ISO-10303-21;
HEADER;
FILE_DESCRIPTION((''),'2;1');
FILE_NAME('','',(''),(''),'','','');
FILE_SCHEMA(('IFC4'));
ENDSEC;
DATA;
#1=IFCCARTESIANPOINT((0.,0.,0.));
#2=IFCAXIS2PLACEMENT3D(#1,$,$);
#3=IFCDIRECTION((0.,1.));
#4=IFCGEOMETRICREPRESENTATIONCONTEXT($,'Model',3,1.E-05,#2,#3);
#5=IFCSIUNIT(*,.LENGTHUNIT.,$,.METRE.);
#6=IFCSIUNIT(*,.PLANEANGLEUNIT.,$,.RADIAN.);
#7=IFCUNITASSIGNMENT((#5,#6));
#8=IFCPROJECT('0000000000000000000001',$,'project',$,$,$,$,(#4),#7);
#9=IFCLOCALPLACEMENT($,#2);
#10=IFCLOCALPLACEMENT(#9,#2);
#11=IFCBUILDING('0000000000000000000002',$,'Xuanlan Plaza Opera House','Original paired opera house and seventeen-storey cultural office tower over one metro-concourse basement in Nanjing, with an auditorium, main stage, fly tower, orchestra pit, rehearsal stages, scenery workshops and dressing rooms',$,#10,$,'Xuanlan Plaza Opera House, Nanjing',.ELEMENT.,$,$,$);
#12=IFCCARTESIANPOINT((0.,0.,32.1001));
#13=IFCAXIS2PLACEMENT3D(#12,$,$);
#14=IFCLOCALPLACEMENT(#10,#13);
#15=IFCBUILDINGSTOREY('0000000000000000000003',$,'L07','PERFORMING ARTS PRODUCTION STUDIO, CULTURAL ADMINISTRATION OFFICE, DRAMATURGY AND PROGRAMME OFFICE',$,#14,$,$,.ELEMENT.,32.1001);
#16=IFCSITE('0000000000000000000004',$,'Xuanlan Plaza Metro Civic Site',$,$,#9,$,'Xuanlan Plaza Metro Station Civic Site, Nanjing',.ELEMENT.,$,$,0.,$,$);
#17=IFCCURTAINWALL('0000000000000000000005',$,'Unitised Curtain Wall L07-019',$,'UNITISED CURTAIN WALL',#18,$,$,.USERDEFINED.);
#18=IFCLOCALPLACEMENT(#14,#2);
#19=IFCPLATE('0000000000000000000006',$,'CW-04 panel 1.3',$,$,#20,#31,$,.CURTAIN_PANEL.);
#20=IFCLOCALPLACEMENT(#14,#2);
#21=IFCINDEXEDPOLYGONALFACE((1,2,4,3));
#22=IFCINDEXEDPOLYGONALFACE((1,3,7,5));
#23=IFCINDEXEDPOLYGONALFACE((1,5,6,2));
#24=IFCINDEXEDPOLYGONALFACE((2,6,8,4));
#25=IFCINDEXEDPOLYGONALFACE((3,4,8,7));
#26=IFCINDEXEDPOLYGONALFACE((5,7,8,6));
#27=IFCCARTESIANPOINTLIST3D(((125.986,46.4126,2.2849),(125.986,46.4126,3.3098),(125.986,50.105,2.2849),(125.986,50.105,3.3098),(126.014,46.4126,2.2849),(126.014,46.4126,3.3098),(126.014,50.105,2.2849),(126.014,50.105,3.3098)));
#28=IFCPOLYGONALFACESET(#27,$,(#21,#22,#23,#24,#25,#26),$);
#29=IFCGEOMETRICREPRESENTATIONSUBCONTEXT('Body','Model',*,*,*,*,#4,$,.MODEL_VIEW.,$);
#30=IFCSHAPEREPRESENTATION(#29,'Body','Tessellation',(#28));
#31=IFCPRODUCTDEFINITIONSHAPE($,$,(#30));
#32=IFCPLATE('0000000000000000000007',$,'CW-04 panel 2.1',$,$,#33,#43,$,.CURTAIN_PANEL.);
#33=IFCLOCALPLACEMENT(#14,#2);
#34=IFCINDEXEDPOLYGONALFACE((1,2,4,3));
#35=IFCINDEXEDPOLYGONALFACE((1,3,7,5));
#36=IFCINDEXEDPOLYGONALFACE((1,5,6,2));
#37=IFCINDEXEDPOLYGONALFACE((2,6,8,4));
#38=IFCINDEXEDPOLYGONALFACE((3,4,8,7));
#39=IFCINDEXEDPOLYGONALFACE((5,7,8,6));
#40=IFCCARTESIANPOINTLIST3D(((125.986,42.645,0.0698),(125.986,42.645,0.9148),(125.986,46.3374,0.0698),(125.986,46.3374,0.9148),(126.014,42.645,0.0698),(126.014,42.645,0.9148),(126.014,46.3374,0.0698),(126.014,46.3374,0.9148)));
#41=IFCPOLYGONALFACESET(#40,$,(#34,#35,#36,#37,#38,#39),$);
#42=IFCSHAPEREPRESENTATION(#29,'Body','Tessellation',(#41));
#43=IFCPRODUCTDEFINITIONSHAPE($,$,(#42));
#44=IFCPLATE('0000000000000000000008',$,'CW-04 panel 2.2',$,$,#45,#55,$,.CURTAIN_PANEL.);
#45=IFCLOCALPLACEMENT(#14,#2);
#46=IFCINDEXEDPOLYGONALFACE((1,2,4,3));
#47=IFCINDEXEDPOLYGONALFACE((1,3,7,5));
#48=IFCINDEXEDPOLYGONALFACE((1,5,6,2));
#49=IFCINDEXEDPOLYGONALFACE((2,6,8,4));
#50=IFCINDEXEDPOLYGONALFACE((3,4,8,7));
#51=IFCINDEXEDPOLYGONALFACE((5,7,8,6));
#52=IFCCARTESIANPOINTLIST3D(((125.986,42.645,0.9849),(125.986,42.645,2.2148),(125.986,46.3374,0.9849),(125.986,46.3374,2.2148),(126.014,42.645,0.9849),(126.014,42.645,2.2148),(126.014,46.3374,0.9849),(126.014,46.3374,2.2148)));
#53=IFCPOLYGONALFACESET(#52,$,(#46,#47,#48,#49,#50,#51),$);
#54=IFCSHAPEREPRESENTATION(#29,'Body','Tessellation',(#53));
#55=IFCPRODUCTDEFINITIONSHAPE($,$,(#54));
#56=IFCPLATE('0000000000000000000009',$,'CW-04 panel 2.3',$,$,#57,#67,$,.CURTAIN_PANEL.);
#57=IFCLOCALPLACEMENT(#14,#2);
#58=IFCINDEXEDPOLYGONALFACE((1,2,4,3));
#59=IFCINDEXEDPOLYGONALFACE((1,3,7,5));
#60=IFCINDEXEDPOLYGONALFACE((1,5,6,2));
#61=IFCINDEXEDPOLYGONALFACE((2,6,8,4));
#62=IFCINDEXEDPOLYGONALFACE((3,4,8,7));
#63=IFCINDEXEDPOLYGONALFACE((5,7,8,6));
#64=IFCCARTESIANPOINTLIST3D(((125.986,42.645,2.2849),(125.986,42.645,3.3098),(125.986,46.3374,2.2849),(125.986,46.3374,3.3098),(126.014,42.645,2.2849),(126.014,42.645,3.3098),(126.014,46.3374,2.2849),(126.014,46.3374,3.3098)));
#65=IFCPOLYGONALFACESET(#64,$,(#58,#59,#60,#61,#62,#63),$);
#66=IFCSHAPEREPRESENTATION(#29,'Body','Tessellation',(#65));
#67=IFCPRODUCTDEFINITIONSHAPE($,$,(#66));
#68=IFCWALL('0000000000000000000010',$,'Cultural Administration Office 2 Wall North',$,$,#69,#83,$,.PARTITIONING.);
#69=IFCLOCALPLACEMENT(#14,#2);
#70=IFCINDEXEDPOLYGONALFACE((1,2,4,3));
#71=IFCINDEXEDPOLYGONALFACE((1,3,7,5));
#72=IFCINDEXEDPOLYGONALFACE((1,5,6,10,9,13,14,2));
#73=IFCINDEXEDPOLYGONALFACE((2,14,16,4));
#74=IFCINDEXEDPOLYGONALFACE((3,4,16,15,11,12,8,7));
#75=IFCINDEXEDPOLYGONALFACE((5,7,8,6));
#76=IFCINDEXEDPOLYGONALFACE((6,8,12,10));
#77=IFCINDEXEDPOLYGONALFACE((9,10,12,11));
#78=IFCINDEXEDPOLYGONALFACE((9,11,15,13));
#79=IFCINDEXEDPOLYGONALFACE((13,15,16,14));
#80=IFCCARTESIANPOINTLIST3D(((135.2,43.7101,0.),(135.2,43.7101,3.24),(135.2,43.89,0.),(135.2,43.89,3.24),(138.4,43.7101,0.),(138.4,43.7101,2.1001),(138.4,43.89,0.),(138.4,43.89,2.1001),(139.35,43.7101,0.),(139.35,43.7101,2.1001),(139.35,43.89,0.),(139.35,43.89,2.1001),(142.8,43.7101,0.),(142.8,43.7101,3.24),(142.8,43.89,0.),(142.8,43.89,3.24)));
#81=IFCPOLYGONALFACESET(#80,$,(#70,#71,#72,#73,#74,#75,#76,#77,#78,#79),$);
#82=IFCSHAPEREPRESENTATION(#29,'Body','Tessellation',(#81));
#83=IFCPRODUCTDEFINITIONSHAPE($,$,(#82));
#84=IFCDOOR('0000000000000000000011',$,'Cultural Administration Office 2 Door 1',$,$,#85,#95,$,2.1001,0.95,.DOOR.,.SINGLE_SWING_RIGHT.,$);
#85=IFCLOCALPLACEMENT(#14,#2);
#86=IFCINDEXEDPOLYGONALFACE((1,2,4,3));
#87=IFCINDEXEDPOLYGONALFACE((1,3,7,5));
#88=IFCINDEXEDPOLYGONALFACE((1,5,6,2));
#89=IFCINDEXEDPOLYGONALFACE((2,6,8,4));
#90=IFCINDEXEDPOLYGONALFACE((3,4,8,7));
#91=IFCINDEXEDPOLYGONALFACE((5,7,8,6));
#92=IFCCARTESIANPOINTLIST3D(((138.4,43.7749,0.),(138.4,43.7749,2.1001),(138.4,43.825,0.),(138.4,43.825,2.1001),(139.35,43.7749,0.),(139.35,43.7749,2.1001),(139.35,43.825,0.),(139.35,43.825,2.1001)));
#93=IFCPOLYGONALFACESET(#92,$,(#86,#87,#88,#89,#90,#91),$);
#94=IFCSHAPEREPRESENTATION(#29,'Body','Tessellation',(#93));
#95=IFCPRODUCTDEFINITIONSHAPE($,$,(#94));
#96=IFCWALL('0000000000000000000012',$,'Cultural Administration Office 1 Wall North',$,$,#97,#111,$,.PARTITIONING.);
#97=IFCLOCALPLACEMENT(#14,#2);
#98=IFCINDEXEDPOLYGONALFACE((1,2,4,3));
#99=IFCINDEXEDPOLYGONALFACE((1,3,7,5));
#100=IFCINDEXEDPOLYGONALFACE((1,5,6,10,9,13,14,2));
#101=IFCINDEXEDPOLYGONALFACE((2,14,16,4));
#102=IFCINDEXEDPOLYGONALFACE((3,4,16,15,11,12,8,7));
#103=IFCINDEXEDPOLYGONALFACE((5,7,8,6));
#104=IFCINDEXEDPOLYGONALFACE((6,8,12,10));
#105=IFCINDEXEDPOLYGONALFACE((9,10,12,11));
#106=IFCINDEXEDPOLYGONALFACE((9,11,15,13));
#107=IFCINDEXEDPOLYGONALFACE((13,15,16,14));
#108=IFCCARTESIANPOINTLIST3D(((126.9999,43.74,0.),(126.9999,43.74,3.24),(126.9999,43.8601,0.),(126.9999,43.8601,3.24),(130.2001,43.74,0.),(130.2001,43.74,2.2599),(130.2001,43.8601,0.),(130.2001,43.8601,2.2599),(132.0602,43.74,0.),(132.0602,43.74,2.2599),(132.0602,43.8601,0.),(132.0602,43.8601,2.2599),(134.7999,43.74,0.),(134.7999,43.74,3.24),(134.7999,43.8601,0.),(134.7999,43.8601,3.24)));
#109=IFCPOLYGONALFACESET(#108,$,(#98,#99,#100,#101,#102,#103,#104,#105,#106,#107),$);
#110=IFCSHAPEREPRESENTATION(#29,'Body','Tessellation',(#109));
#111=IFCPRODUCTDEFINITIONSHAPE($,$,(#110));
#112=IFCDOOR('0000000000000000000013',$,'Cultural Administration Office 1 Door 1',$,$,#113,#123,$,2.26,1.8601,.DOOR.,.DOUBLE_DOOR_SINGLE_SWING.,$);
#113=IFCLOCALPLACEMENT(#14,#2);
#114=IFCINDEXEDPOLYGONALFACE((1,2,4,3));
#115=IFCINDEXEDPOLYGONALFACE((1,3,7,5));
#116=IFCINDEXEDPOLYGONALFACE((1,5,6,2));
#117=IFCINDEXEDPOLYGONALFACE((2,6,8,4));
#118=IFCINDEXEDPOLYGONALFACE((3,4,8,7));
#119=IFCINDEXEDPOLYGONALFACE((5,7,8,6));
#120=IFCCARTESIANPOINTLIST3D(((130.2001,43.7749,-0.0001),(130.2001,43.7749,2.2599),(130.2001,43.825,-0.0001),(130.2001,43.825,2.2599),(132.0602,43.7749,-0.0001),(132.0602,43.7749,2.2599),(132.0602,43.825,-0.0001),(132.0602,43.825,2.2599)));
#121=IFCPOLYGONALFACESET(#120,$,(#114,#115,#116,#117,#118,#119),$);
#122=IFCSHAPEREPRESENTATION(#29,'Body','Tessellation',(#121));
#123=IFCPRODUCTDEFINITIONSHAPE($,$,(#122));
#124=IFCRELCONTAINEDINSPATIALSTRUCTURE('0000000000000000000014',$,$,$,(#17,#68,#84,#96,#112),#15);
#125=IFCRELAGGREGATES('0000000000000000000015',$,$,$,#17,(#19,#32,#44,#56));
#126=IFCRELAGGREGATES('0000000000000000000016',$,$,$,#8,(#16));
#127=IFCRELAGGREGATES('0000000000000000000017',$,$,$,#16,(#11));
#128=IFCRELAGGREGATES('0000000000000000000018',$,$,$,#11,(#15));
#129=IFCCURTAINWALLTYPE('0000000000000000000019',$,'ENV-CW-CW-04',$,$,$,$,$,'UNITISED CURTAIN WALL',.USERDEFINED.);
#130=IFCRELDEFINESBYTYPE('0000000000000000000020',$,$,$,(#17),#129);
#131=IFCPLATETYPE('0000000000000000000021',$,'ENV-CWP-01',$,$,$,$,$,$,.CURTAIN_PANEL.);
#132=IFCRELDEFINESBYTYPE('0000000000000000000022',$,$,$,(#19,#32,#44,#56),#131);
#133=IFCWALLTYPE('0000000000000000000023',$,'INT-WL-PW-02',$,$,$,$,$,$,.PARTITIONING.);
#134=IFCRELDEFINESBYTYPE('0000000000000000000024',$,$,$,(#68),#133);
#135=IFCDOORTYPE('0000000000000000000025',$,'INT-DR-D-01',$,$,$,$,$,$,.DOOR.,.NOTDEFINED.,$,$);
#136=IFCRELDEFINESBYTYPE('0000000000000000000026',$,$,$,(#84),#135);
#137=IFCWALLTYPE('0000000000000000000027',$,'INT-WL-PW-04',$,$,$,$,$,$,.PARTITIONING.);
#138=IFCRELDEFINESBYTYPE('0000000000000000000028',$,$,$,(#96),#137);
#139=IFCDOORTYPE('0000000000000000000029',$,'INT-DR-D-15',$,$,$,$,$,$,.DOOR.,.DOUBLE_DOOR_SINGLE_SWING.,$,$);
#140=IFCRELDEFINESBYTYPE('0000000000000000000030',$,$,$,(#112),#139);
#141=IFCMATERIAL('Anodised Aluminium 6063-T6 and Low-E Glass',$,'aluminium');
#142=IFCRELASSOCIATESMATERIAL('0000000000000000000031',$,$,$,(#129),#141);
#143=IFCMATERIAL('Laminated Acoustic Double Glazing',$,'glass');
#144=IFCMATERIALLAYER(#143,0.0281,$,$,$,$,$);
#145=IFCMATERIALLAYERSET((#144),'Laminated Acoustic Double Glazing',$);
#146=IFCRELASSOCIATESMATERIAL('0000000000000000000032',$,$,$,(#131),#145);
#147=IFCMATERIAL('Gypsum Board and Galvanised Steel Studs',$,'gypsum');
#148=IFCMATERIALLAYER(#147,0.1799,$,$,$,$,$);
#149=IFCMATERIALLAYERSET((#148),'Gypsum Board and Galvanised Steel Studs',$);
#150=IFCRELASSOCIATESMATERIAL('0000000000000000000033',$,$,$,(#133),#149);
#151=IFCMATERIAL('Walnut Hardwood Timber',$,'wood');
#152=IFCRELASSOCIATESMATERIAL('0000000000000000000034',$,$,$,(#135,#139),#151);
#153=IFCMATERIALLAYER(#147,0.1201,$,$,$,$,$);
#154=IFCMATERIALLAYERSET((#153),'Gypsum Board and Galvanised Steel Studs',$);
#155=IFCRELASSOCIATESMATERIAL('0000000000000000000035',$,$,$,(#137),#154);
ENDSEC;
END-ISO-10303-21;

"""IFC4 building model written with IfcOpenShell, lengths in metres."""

from ifc_helpers import new_model, si_unit, direction, frame, frame_2d, origin, origin_2d, place, context, subcontext, project, spatial, rectangle, extrude, material, layer, layer_set, type_object, element, fill, aggregate, save


model = new_model("IFC4")

# Units and contexts
model_context = context("Model", 3, precision=1e-05, world=origin(), true_north=direction((0.0, 1.0)))
body_context = subcontext(model_context, "Body", "Model", "MODEL_VIEW")
ifc_project = project(units=[si_unit("LENGTHUNIT", "METRE"), si_unit("PLANEANGLEUNIT", "RADIAN")], contexts=[model_context])

# Site, building, storey
site_placement = place(None, origin())
site = spatial("IfcSite", under=ifc_project, at=site_placement, Name="Xuanlan Plaza Metro Civic Site", LongName="Xuanlan Plaza Metro Station Civic Site, Nanjing", CompositionType="ELEMENT", RefElevation=0.0)
building_placement = place(site_placement, origin())
building = spatial("IfcBuilding", under=site, at=building_placement, Name="Xuanlan Plaza Opera House", Description="Original paired opera house and seventeen-storey cultural office tower over one metro-concourse basement in Nanjing, with an auditorium, main stage, fly tower, orchestra pit, rehearsal stages, scenery workshops and dressing rooms", LongName="Xuanlan Plaza Opera House, Nanjing", CompositionType="ELEMENT")
storey_placement = place(building_placement, frame((0.0, 0.0, 32.1001)))
storey = spatial("IfcBuildingStorey", under=building, at=storey_placement, Name="L07", Description="PERFORMING ARTS PRODUCTION STUDIO, CULTURAL ADMINISTRATION OFFICE, DRAMATURGY AND PROGRAMME OFFICE", CompositionType="ELEMENT", Elevation=32.1001)

# Curtain wall, plates
ifc_material_1 = material(Name="Anodised Aluminium 6063-T6 and Low-E Glass", Category="aluminium")
curtain_wall_type = type_object("IfcCurtainWallType", Name="ENV-CW-CW-04", ElementType="UNITISED CURTAIN WALL", PredefinedType="USERDEFINED", material=ifc_material_1)
curtain_wall_placement = place(storey_placement, origin())
curtain_wall = element("IfcCurtainWall", 1, at=curtain_wall_placement, inside=storey, type_object=curtain_wall_type, Name="Unitised Curtain Wall L07-019", ObjectType="UNITISED CURTAIN WALL", PredefinedType="USERDEFINED")
ifc_material_2 = material(Name="Laminated Acoustic Double Glazing", Category="glass")
ifc_layer_1 = layer(ifc_material_2, 0.0281)
ifc_layer_set_1 = layer_set([ifc_layer_1], Name="Laminated Acoustic Double Glazing")
plate_type = type_object("IfcPlateType", Name="ENV-CWP-01", PredefinedType="CURTAIN_PANEL", material=ifc_layer_set_1)
plate_1_placement = place(storey_placement, frame((126.0, 48.2588, 2.2849), z_axis=(0.0, 0.0, 1.0), x_axis=(0.0, -1.0, 0.0)))
plate_1 = element("IfcPlate", 2, at=plate_1_placement, type_object=plate_type, Name="CW-04 panel 1.3", PredefinedType="CURTAIN_PANEL", context=body_context, shape_type="SweptSolid", body=[
    extrude(rectangle(XDim=3.6924, YDim=0.0281, at=origin_2d()), origin(), (0.0, 0.0, 1.0), 1.0249),
])
plate_2_placement = place(storey_placement, frame((126.0, 44.4912, 0.0698), z_axis=(0.0, 0.0, 1.0), x_axis=(0.0, -1.0, 0.0)))
plate_2 = element("IfcPlate", 3, at=plate_2_placement, type_object=plate_type, Name="CW-04 panel 2.1", PredefinedType="CURTAIN_PANEL", context=body_context, shape_type="SweptSolid", body=[
    extrude(rectangle(XDim=3.6924, YDim=0.0281, at=origin_2d()), origin(), (0.0, 0.0, 1.0), 0.845),
])
plate_3_placement = place(storey_placement, frame((126.0, 44.4912, 0.9849), z_axis=(0.0, 0.0, 1.0), x_axis=(0.0, -1.0, 0.0)))
plate_3 = element("IfcPlate", 4, at=plate_3_placement, type_object=plate_type, Name="CW-04 panel 2.2", PredefinedType="CURTAIN_PANEL", context=body_context, shape_type="SweptSolid", body=[
    extrude(rectangle(XDim=3.6924, YDim=0.0281, at=origin_2d()), origin(), (0.0, 0.0, 1.0), 1.23),
])
plate_4_placement = place(storey_placement, frame((126.0, 44.4912, 2.2849), z_axis=(0.0, 0.0, 1.0), x_axis=(0.0, -1.0, 0.0)))
plate_4 = element("IfcPlate", 5, at=plate_4_placement, type_object=plate_type, Name="CW-04 panel 2.3", PredefinedType="CURTAIN_PANEL", context=body_context, shape_type="SweptSolid", body=[
    extrude(rectangle(XDim=3.6924, YDim=0.0281, at=origin_2d()), origin(), (0.0, 0.0, 1.0), 1.0249),
])
aggregate(curtain_wall, [plate_1, plate_2, plate_3, plate_4])

# Walls, openings, doors
ifc_material_3 = material(Name="Gypsum Board and Galvanised Steel Studs", Category="gypsum")
ifc_layer_2 = layer(ifc_material_3, 0.1799)
ifc_layer_set_2 = layer_set([ifc_layer_2], Name="Gypsum Board and Galvanised Steel Studs")
wall_type_1 = type_object("IfcWallType", Name="INT-WL-PW-02", PredefinedType="PARTITIONING", material=ifc_layer_set_2)
wall_1_placement = place(storey_placement, frame((135.2, 43.8, 0.0), z_axis=(0.0, 0.0, 1.0), x_axis=(1.0, 0.0, 0.0)))
wall_1 = element("IfcWall", 6, at=wall_1_placement, inside=storey, type_object=wall_type_1, Name="Cultural Administration Office 2 Wall North", PredefinedType="PARTITIONING", context=body_context, shape_type="SweptSolid", body=[
    extrude(rectangle(XDim=7.6001, YDim=0.1799, at=frame_2d((3.8, 0.0))), origin(), (0.0, 0.0, 1.0), 3.24),
])
opening_1_placement = place(wall_1_placement, frame((3.2, 0.0, 0.0)))
opening_1 = element("IfcOpeningElement", 7, at=opening_1_placement, cuts=wall_1, PredefinedType="OPENING", context=body_context, shape_type="SweptSolid", body=[
    extrude(rectangle(XDim=0.95, YDim=2.1001, at=frame_2d((0.4751, 1.05))), frame((0.0, 0.0999, 0.0), z_axis=(0.0, -1.0, 0.0), x_axis=(1.0, 0.0, 0.0)), (0.0, 0.0, 1.0), 0.2),
])
ifc_material_4 = material(Name="Walnut Hardwood Timber", Category="wood")
door_type_1 = type_object("IfcDoorType", Name="INT-DR-D-01", OperationType="NOTDEFINED", PredefinedType="DOOR", material=ifc_material_4)
door_1_placement = place(opening_1_placement, origin())
door_1 = element("IfcDoor", 8, at=door_1_placement, inside=storey, type_object=door_type_1, Name="Cultural Administration Office 2 Door 1", OperationType="SINGLE_SWING_RIGHT", OverallHeight=2.1001, OverallWidth=0.95, PredefinedType="DOOR", context=body_context, shape_type="SweptSolid", body=[
    extrude(rectangle(XDim=0.95, YDim=2.1001, at=frame_2d((0.4751, 1.05))), frame((0.0, 0.0249, 0.0), z_axis=(0.0, -1.0, 0.0), x_axis=(1.0, 0.0, 0.0)), (0.0, 0.0, 1.0), 0.05),
])
fill(opening_1, door_1)
ifc_layer_3 = layer(ifc_material_3, 0.1201)
ifc_layer_set_3 = layer_set([ifc_layer_3], Name="Gypsum Board and Galvanised Steel Studs")
wall_type_2 = type_object("IfcWallType", Name="INT-WL-PW-04", PredefinedType="PARTITIONING", material=ifc_layer_set_3)
wall_2_placement = place(storey_placement, frame((127.0, 43.8, 0.0), z_axis=(0.0, 0.0, 1.0), x_axis=(1.0, 0.0, 0.0)))
wall_2 = element("IfcWall", 9, at=wall_2_placement, inside=storey, type_object=wall_type_2, Name="Cultural Administration Office 1 Wall North", PredefinedType="PARTITIONING", context=body_context, shape_type="SweptSolid", body=[
    extrude(rectangle(XDim=7.8, YDim=0.1201, at=frame_2d((3.8999, 0.0))), origin(), (0.0, 0.0, 1.0), 3.24),
])
opening_2_placement = place(wall_2_placement, frame((3.2, 0.0, 0.0)))
opening_2 = element("IfcOpeningElement", 10, at=opening_2_placement, cuts=wall_2, PredefinedType="OPENING", context=body_context, shape_type="SweptSolid", body=[
    extrude(rectangle(XDim=1.8601, YDim=2.26, at=frame_2d((0.9302, 1.1299))), frame((0.0, 0.0701, 0.0), z_axis=(0.0, -1.0, 0.0), x_axis=(1.0, 0.0, 0.0)), (0.0, 0.0, 1.0), 0.1401),
])
door_type_2 = type_object("IfcDoorType", Name="INT-DR-D-15", OperationType="DOUBLE_DOOR_SINGLE_SWING", PredefinedType="DOOR", material=ifc_material_4)
door_2_placement = place(opening_2_placement, origin())
door_2 = element("IfcDoor", 11, at=door_2_placement, inside=storey, type_object=door_type_2, Name="Cultural Administration Office 1 Door 1", OperationType="DOUBLE_DOOR_SINGLE_SWING", OverallHeight=2.26, OverallWidth=1.8601, PredefinedType="DOOR", context=body_context, shape_type="SweptSolid", body=[
    extrude(rectangle(XDim=1.8601, YDim=2.26, at=frame_2d((0.9302, 1.1299))), frame((0.0, 0.0249, 0.0), z_axis=(0.0, -1.0, 0.0), x_axis=(1.0, 0.0, 0.0)), (0.0, 0.0, 1.0), 0.05),
])
fill(opening_2, door_2)

save(model, "model.ifc")
